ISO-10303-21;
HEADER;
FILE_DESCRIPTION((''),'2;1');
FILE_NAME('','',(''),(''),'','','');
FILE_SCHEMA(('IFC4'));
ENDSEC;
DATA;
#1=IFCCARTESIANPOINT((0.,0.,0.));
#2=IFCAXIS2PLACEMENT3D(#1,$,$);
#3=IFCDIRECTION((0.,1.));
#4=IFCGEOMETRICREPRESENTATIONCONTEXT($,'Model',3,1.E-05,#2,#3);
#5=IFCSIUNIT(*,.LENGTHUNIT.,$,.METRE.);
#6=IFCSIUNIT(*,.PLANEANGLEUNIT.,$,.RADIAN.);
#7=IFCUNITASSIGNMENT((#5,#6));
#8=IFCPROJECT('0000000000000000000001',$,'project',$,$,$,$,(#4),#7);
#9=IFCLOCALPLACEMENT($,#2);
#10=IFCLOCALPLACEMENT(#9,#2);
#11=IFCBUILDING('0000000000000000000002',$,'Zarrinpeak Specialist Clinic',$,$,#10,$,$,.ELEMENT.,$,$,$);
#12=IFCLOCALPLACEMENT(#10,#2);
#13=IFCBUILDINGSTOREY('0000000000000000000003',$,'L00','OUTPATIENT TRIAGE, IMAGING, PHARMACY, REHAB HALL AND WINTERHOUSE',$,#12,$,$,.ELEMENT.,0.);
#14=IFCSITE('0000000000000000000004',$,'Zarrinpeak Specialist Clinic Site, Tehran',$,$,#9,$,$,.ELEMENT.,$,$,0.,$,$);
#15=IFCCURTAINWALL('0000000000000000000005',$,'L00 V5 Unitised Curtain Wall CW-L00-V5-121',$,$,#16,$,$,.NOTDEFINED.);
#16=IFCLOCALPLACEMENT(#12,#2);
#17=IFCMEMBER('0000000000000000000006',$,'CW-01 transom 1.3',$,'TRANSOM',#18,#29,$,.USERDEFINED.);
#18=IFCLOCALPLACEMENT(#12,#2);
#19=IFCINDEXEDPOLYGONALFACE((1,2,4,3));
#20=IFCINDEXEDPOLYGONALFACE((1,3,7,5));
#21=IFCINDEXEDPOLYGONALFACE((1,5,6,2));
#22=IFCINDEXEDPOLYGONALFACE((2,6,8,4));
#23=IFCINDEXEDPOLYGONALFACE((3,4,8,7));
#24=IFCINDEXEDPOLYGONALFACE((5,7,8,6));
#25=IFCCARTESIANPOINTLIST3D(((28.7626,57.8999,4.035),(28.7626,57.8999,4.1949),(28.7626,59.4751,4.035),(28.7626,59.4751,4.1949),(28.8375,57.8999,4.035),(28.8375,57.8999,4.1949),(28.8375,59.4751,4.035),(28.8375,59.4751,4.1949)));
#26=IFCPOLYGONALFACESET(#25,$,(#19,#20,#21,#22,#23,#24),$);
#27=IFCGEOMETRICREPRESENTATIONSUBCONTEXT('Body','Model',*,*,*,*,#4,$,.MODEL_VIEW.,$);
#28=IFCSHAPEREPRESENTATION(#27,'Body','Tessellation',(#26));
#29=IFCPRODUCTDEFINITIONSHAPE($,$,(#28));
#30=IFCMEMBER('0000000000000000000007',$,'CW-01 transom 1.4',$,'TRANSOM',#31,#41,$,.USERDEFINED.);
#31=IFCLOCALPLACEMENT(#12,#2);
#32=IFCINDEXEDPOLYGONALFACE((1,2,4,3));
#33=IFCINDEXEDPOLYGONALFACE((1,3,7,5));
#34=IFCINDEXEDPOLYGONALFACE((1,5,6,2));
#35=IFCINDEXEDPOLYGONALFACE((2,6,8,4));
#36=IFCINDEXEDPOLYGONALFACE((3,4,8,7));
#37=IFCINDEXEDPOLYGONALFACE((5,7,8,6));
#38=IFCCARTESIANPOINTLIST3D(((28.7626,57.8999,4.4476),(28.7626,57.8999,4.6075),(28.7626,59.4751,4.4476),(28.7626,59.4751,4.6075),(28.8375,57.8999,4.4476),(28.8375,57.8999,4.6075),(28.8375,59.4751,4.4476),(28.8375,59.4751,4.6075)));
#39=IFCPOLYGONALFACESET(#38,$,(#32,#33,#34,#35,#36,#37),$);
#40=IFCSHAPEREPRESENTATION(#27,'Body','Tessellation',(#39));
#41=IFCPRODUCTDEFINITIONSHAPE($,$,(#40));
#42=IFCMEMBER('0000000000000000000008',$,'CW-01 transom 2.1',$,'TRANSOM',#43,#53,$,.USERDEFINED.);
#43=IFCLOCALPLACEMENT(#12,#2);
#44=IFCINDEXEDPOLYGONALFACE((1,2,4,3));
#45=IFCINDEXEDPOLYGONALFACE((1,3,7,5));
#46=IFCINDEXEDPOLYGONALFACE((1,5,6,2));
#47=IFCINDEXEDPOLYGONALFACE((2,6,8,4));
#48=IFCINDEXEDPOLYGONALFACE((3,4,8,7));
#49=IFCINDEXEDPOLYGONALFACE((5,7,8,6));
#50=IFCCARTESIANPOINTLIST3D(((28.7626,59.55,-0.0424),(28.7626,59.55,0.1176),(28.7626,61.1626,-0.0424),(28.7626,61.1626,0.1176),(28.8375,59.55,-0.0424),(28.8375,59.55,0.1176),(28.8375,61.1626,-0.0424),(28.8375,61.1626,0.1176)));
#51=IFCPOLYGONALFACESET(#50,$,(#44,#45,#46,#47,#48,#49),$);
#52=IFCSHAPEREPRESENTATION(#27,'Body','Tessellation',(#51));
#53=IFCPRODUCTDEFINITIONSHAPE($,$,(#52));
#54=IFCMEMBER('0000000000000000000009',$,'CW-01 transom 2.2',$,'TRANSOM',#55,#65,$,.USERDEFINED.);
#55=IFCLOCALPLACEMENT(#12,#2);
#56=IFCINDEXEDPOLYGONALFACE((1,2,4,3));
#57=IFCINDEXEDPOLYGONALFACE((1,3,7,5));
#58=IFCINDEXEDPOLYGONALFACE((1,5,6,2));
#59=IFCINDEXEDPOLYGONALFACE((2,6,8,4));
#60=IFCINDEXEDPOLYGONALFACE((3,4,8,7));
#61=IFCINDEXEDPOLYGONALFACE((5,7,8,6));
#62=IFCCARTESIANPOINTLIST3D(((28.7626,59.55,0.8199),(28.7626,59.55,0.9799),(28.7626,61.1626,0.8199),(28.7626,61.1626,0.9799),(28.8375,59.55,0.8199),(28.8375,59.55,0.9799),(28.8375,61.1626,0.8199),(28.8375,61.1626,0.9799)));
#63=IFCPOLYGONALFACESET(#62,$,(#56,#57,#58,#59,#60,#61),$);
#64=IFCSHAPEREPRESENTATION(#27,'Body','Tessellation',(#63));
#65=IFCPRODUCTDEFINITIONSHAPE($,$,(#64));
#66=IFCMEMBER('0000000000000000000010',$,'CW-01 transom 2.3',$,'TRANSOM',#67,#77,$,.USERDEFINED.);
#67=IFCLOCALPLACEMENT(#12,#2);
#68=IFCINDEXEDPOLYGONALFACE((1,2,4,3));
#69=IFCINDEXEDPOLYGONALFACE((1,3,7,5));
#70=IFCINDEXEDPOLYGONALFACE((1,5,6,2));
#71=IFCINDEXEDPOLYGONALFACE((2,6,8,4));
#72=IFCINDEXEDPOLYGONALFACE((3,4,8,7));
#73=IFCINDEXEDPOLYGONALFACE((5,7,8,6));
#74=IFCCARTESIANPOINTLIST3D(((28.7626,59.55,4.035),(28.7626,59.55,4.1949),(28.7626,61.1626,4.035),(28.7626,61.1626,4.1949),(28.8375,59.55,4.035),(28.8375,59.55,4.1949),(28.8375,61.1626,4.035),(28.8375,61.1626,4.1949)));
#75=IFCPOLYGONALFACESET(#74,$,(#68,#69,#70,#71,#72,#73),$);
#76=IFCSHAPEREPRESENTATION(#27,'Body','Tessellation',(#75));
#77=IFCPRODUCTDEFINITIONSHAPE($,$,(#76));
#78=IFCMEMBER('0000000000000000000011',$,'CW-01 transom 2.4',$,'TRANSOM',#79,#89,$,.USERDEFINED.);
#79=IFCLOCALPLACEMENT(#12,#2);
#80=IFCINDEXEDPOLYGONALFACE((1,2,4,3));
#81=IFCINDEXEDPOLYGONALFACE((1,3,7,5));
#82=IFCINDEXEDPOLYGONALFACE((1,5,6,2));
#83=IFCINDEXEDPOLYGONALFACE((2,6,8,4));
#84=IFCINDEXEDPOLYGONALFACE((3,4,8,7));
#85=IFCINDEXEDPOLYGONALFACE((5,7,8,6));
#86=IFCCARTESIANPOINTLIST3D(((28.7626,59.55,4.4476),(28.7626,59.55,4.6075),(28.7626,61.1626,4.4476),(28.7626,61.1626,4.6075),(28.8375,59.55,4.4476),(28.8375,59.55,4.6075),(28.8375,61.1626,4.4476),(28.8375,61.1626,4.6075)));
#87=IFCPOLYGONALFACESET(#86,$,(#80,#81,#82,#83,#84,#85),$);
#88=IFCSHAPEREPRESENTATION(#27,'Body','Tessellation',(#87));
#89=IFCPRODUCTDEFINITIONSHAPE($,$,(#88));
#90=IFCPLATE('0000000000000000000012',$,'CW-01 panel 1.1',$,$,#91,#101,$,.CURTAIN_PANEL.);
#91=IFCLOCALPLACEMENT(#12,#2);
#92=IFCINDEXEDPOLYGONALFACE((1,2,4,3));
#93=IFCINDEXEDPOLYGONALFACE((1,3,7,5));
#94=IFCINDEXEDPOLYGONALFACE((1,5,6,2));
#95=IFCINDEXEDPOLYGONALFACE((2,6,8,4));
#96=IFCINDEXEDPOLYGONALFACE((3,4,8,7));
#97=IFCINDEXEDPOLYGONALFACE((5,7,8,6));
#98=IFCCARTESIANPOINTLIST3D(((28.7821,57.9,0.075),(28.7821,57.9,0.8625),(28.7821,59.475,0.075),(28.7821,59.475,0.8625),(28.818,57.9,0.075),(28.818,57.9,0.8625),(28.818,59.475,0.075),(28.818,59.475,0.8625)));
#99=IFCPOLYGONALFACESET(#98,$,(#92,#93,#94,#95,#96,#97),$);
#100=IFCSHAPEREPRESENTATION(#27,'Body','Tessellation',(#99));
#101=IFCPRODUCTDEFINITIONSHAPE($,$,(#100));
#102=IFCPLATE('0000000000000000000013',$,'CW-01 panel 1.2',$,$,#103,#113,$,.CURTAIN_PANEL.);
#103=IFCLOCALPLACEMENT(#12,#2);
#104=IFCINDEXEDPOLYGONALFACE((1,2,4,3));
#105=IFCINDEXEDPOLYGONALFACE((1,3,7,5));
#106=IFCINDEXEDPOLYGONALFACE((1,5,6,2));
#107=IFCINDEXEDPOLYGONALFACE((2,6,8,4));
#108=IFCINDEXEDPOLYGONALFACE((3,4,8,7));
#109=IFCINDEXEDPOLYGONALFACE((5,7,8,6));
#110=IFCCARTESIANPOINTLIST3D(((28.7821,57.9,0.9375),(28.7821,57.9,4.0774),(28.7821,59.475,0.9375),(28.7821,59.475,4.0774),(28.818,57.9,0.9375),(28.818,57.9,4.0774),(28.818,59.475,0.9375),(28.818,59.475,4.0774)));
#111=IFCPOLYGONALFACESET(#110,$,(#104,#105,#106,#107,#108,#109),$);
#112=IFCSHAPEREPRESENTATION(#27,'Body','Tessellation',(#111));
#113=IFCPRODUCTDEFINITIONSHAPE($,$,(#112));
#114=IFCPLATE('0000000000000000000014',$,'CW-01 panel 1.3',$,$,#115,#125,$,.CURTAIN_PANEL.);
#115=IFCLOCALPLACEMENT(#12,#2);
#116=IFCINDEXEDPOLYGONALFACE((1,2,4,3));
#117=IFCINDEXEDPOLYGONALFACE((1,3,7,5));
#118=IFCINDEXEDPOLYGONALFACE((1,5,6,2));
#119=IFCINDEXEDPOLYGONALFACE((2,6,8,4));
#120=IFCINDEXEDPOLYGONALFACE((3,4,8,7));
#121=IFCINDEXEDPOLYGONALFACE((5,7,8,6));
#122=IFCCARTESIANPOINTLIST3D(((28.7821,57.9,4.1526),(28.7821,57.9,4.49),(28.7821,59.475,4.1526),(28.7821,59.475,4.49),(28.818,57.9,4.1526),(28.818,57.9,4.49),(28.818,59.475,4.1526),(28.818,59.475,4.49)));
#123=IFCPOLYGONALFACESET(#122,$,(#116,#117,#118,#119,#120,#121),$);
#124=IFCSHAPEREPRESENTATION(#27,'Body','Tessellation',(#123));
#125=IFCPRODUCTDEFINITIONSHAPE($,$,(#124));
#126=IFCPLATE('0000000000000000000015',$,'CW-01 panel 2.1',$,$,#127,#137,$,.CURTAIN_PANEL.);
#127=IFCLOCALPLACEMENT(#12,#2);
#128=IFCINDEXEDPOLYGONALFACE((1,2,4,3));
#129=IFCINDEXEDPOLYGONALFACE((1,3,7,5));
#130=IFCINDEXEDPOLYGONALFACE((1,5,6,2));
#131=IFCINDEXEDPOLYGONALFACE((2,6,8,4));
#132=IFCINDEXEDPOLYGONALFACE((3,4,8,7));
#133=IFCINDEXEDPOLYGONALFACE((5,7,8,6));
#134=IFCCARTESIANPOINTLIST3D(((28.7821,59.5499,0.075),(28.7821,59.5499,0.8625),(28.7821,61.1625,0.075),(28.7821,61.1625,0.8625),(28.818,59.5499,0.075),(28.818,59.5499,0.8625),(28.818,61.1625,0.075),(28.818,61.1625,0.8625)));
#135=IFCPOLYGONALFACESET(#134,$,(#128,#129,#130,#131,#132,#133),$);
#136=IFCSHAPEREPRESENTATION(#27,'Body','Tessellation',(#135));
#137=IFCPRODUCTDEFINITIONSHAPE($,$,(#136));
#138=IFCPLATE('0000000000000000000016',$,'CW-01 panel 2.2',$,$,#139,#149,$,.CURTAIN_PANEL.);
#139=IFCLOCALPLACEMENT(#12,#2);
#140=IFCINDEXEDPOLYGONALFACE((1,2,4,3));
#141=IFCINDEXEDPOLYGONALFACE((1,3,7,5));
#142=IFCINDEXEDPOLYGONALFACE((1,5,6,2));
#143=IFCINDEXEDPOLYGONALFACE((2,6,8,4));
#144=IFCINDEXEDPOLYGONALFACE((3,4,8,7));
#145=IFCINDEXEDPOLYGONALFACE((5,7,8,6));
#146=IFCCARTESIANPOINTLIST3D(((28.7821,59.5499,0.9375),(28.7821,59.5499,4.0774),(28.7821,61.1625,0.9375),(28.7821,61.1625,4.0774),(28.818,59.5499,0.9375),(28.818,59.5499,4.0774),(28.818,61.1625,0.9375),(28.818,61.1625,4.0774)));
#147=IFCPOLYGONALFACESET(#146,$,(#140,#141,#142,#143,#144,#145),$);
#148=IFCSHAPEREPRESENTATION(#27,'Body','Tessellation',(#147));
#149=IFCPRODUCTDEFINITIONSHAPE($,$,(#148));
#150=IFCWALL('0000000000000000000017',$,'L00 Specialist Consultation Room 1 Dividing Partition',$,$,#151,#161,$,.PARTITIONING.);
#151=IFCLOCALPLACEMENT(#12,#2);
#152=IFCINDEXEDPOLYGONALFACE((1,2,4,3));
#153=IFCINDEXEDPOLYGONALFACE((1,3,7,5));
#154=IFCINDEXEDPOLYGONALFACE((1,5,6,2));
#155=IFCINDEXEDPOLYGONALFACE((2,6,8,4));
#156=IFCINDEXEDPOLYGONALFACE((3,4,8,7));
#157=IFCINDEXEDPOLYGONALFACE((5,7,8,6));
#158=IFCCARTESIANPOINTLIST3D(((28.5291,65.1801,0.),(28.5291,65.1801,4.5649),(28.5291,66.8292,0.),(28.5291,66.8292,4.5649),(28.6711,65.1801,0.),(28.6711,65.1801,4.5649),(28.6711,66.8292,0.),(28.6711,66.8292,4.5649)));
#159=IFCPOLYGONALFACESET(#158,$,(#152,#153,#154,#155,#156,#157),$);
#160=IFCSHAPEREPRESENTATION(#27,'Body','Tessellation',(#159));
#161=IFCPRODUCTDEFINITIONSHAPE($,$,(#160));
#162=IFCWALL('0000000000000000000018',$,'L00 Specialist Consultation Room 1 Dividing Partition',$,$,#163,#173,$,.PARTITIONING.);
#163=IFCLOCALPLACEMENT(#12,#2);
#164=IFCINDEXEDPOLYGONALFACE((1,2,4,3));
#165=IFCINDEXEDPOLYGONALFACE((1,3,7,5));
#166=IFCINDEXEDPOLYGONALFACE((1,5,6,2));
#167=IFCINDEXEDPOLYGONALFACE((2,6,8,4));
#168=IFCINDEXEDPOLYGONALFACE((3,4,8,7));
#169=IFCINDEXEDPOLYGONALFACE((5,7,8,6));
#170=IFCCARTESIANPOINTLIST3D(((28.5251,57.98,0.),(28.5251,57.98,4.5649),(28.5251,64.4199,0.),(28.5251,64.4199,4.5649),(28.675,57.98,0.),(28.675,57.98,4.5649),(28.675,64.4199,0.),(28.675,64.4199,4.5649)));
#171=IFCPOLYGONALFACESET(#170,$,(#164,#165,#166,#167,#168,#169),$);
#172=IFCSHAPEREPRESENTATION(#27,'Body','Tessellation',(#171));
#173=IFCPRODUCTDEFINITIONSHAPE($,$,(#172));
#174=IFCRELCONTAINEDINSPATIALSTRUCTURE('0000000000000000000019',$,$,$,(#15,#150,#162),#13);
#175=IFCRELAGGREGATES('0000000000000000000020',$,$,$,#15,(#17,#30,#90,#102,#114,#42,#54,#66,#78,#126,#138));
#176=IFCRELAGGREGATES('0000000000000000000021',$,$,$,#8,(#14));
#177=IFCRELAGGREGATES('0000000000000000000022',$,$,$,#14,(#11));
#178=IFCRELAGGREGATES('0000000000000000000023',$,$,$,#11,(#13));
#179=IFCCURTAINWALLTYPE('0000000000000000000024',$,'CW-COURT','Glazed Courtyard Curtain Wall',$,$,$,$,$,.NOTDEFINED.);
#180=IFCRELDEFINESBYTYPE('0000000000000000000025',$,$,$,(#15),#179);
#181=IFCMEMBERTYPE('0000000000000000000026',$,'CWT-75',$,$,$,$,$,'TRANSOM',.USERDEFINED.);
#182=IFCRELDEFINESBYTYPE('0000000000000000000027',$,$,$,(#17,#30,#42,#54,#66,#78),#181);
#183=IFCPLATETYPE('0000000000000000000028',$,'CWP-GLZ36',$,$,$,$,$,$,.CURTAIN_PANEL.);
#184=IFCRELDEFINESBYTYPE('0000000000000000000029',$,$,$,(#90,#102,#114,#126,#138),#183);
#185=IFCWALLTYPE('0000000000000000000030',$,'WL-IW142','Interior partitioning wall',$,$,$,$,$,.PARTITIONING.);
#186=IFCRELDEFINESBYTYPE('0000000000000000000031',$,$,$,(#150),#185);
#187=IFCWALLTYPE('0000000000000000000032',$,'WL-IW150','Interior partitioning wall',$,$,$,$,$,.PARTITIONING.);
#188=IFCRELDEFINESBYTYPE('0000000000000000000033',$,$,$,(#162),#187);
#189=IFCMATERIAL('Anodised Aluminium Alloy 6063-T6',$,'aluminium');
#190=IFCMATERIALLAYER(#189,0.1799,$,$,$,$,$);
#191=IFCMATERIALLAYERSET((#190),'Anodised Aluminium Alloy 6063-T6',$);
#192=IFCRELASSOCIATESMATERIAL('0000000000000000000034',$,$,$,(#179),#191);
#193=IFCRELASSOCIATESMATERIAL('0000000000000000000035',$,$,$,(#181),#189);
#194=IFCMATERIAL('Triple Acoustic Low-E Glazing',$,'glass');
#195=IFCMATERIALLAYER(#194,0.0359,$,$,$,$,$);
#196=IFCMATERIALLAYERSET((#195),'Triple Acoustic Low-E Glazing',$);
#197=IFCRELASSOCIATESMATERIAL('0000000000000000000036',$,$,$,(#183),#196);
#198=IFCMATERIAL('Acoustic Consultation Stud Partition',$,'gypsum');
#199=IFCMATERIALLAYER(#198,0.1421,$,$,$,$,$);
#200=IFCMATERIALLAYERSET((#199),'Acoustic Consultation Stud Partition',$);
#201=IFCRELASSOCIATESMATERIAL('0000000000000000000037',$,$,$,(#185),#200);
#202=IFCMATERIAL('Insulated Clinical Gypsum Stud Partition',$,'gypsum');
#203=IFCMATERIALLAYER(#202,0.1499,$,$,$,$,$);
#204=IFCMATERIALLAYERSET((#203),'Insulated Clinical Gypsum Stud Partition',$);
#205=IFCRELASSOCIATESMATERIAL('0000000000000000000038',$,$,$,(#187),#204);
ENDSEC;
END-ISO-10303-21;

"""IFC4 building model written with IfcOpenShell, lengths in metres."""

from ifc_helpers import new_model, si_unit, direction, frame, frame_2d, origin, origin_2d, place, context, subcontext, project, spatial, rectangle, extrude, material, layer, layer_set, material_profile, profile_set, type_object, element, aggregate, save


model = new_model("IFC4")

# Units and contexts
model_context = context("Model", 3, precision=1e-05, world=origin(), true_north=direction((0.0, 1.0)))
body_context = subcontext(model_context, "Body", "Model", "MODEL_VIEW")
ifc_project = project(units=[si_unit("LENGTHUNIT", "METRE"), si_unit("PLANEANGLEUNIT", "RADIAN")], contexts=[model_context])

# Site, building, storey
site_placement = place(None, origin())
site = spatial("IfcSite", under=ifc_project, at=site_placement, Name="Zarrinpeak Specialist Clinic Site, Tehran", CompositionType="ELEMENT", RefElevation=0.0)
building_placement = place(site_placement, origin())
building = spatial("IfcBuilding", under=site, at=building_placement, Name="Zarrinpeak Specialist Clinic", CompositionType="ELEMENT")
storey_placement = place(building_placement, origin())
storey = spatial("IfcBuildingStorey", under=building, at=storey_placement, Name="L00", Description="OUTPATIENT TRIAGE, IMAGING, PHARMACY, REHAB HALL AND WINTERHOUSE", CompositionType="ELEMENT", Elevation=0.0)

# Curtain wall, members, plates
ifc_material_1 = material(Name="Anodised Aluminium Alloy 6063-T6", Category="aluminium")
ifc_layer_1 = layer(ifc_material_1, 0.1799)
ifc_layer_set_1 = layer_set([ifc_layer_1], Name="Anodised Aluminium Alloy 6063-T6")
curtain_wall_type = type_object("IfcCurtainWallType", Name="CW-COURT", Description="Glazed Courtyard Curtain Wall", PredefinedType="NOTDEFINED", material=ifc_layer_set_1)
curtain_wall_placement = place(storey_placement, origin())
curtain_wall = element("IfcCurtainWall", 1, at=curtain_wall_placement, inside=storey, type_object=curtain_wall_type, Name="L00 V5 Unitised Curtain Wall CW-L00-V5-121", PredefinedType="NOTDEFINED")
ifc_material_profile_1 = material_profile(ifc_material_1, rectangle(XDim=0.075, YDim=0.1599, at=origin_2d()), Name="ALU 75x160")
ifc_profile_set_1 = profile_set([ifc_material_profile_1], Name="Anodised Aluminium Alloy 6063-T6")
member_type_1 = type_object("IfcMemberType", Name="CWT-75", ElementType="TRANSOM", PredefinedType="USERDEFINED", material=ifc_profile_set_1)
member_1_placement = place(storey_placement, frame((28.8, 57.8999, 4.115), z_axis=(0.0, 1.0, 0.0), x_axis=(-1.0, 0.0, 0.0)))
member_1 = element("IfcMember", 2, at=member_1_placement, type_object=member_type_1, Name="CW-01 transom 1.3", ObjectType="TRANSOM", PredefinedType="USERDEFINED", context=body_context, shape_type="SweptSolid", body=[
    extrude(rectangle(XDim=0.075, YDim=0.1599, at=origin_2d()), origin(), (0.0, 0.0, 1.0), 1.5752),
])
member_2_placement = place(storey_placement, frame((28.8, 57.8999, 4.5276), z_axis=(0.0, 1.0, 0.0), x_axis=(-1.0, 0.0, 0.0)))
member_2 = element("IfcMember", 3, at=member_2_placement, type_object=member_type_1, Name="CW-01 transom 1.4", ObjectType="TRANSOM", PredefinedType="USERDEFINED", context=body_context, shape_type="SweptSolid", body=[
    extrude(rectangle(XDim=0.075, YDim=0.1599, at=origin_2d()), origin(), (0.0, 0.0, 1.0), 1.5752),
])
member_3_placement = place(storey_placement, frame((28.8, 59.55, 0.0376), z_axis=(0.0, 1.0, 0.0), x_axis=(-1.0, 0.0, 0.0)))
member_3 = element("IfcMember", 4, at=member_3_placement, type_object=member_type_1, Name="CW-01 transom 2.1", ObjectType="TRANSOM", PredefinedType="USERDEFINED", context=body_context, shape_type="SweptSolid", body=[
    extrude(rectangle(XDim=0.075, YDim=0.1599, at=origin_2d()), origin(), (0.0, 0.0, 1.0), 1.6125),
])
member_4_placement = place(storey_placement, frame((28.8, 59.55, 0.8999), z_axis=(0.0, 1.0, 0.0), x_axis=(-1.0, 0.0, 0.0)))
member_4 = element("IfcMember", 5, at=member_4_placement, type_object=member_type_1, Name="CW-01 transom 2.2", ObjectType="TRANSOM", PredefinedType="USERDEFINED", context=body_context, shape_type="SweptSolid", body=[
    extrude(rectangle(XDim=0.075, YDim=0.1599, at=origin_2d()), origin(), (0.0, 0.0, 1.0), 1.6125),
])
member_5_placement = place(storey_placement, frame((28.8, 59.55, 4.115), z_axis=(0.0, 1.0, 0.0), x_axis=(-1.0, 0.0, 0.0)))
member_5 = element("IfcMember", 6, at=member_5_placement, type_object=member_type_1, Name="CW-01 transom 2.3", ObjectType="TRANSOM", PredefinedType="USERDEFINED", context=body_context, shape_type="SweptSolid", body=[
    extrude(rectangle(XDim=0.075, YDim=0.1599, at=origin_2d()), origin(), (0.0, 0.0, 1.0), 1.6125),
])
member_6_placement = place(storey_placement, frame((28.8, 59.55, 4.5276), z_axis=(0.0, 1.0, 0.0), x_axis=(-1.0, 0.0, 0.0)))
member_6 = element("IfcMember", 7, at=member_6_placement, type_object=member_type_1, Name="CW-01 transom 2.4", ObjectType="TRANSOM", PredefinedType="USERDEFINED", context=body_context, shape_type="SweptSolid", body=[
    extrude(rectangle(XDim=0.075, YDim=0.1599, at=origin_2d()), origin(), (0.0, 0.0, 1.0), 1.6125),
])
ifc_material_2 = material(Name="Triple Acoustic Low-E Glazing", Category="glass")
ifc_layer_2 = layer(ifc_material_2, 0.0359)
ifc_layer_set_2 = layer_set([ifc_layer_2], Name="Triple Acoustic Low-E Glazing")
plate_type = type_object("IfcPlateType", Name="CWP-GLZ36", PredefinedType="CURTAIN_PANEL", material=ifc_layer_set_2)
plate_1_placement = place(storey_placement, frame((28.8, 58.6875, 0.075), z_axis=(0.0, 0.0, 1.0), x_axis=(0.0, 1.0, 0.0)))
plate_1 = element("IfcPlate", 8, at=plate_1_placement, type_object=plate_type, Name="CW-01 panel 1.1", PredefinedType="CURTAIN_PANEL", context=body_context, shape_type="SweptSolid", body=[
    extrude(rectangle(XDim=1.575, YDim=0.0359, at=origin_2d()), origin(), (0.0, 0.0, 1.0), 0.7876),
])
plate_2_placement = place(storey_placement, frame((28.8, 58.6875, 0.9375), z_axis=(0.0, 0.0, 1.0), x_axis=(0.0, 1.0, 0.0)))
plate_2 = element("IfcPlate", 9, at=plate_2_placement, type_object=plate_type, Name="CW-01 panel 1.2", PredefinedType="CURTAIN_PANEL", context=body_context, shape_type="SweptSolid", body=[
    extrude(rectangle(XDim=1.575, YDim=0.0359, at=origin_2d()), origin(), (0.0, 0.0, 1.0), 3.1399),
])
plate_3_placement = place(storey_placement, frame((28.8, 58.6875, 4.1526), z_axis=(0.0, 0.0, 1.0), x_axis=(0.0, 1.0, 0.0)))
plate_3 = element("IfcPlate", 10, at=plate_3_placement, type_object=plate_type, Name="CW-01 panel 1.3", PredefinedType="CURTAIN_PANEL", context=body_context, shape_type="SweptSolid", body=[
    extrude(rectangle(XDim=1.575, YDim=0.0359, at=origin_2d()), origin(), (0.0, 0.0, 1.0), 0.3374),
])
plate_4_placement = place(storey_placement, frame((28.8, 60.3562, 0.075), z_axis=(0.0, 0.0, 1.0), x_axis=(0.0, 1.0, 0.0)))
plate_4 = element("IfcPlate", 11, at=plate_4_placement, type_object=plate_type, Name="CW-01 panel 2.1", PredefinedType="CURTAIN_PANEL", context=body_context, shape_type="SweptSolid", body=[
    extrude(rectangle(XDim=1.6125, YDim=0.0359, at=origin_2d()), origin(), (0.0, 0.0, 1.0), 0.7876),
])
plate_5_placement = place(storey_placement, frame((28.8, 60.3562, 0.9375), z_axis=(0.0, 0.0, 1.0), x_axis=(0.0, 1.0, 0.0)))
plate_5 = element("IfcPlate", 12, at=plate_5_placement, type_object=plate_type, Name="CW-01 panel 2.2", PredefinedType="CURTAIN_PANEL", context=body_context, shape_type="SweptSolid", body=[
    extrude(rectangle(XDim=1.6125, YDim=0.0359, at=origin_2d()), origin(), (0.0, 0.0, 1.0), 3.1399),
])
aggregate(curtain_wall, [member_1, member_2, plate_1, plate_2, plate_3, member_3, member_4, member_5, member_6, plate_4, plate_5])

# Walls
ifc_material_3 = material(Name="Acoustic Consultation Stud Partition", Category="gypsum")
ifc_layer_3 = layer(ifc_material_3, 0.1421)
ifc_layer_set_3 = layer_set([ifc_layer_3], Name="Acoustic Consultation Stud Partition")
wall_type_1 = type_object("IfcWallType", Name="WL-IW142", Description="Interior partitioning wall", PredefinedType="PARTITIONING", material=ifc_layer_set_3)
wall_1_placement = place(storey_placement, frame((28.6001, 65.1799, 0.0), z_axis=(0.0, 0.0, 1.0), x_axis=(0.0, 1.0, 0.0)))
element("IfcWall", 13, at=wall_1_placement, inside=storey, type_object=wall_type_1, Name="L00 Specialist Consultation Room 1 Dividing Partition", PredefinedType="PARTITIONING", context=body_context, shape_type="SweptSolid", body=[
    extrude(rectangle(XDim=1.6492, YDim=0.1421, at=frame_2d((0.8247, 0.0))), origin(), (0.0, 0.0, 1.0), 4.5649),
])
ifc_material_4 = material(Name="Insulated Clinical Gypsum Stud Partition", Category="gypsum")
ifc_layer_4 = layer(ifc_material_4, 0.1499)
ifc_layer_set_4 = layer_set([ifc_layer_4], Name="Insulated Clinical Gypsum Stud Partition")
wall_type_2 = type_object("IfcWallType", Name="WL-IW150", Description="Interior partitioning wall", PredefinedType="PARTITIONING", material=ifc_layer_set_4)
wall_2_placement = place(storey_placement, frame((28.6001, 57.98, 0.0), z_axis=(0.0, 0.0, 1.0), x_axis=(0.0, 1.0, 0.0)))
element("IfcWall", 14, at=wall_2_placement, inside=storey, type_object=wall_type_2, Name="L00 Specialist Consultation Room 1 Dividing Partition", PredefinedType="PARTITIONING", context=body_context, shape_type="SweptSolid", body=[
    extrude(rectangle(XDim=6.4399, YDim=0.1499, at=frame_2d((3.22, 0.0))), origin(), (0.0, 0.0, 1.0), 4.5649),
])

save(model, "model.ifc")
